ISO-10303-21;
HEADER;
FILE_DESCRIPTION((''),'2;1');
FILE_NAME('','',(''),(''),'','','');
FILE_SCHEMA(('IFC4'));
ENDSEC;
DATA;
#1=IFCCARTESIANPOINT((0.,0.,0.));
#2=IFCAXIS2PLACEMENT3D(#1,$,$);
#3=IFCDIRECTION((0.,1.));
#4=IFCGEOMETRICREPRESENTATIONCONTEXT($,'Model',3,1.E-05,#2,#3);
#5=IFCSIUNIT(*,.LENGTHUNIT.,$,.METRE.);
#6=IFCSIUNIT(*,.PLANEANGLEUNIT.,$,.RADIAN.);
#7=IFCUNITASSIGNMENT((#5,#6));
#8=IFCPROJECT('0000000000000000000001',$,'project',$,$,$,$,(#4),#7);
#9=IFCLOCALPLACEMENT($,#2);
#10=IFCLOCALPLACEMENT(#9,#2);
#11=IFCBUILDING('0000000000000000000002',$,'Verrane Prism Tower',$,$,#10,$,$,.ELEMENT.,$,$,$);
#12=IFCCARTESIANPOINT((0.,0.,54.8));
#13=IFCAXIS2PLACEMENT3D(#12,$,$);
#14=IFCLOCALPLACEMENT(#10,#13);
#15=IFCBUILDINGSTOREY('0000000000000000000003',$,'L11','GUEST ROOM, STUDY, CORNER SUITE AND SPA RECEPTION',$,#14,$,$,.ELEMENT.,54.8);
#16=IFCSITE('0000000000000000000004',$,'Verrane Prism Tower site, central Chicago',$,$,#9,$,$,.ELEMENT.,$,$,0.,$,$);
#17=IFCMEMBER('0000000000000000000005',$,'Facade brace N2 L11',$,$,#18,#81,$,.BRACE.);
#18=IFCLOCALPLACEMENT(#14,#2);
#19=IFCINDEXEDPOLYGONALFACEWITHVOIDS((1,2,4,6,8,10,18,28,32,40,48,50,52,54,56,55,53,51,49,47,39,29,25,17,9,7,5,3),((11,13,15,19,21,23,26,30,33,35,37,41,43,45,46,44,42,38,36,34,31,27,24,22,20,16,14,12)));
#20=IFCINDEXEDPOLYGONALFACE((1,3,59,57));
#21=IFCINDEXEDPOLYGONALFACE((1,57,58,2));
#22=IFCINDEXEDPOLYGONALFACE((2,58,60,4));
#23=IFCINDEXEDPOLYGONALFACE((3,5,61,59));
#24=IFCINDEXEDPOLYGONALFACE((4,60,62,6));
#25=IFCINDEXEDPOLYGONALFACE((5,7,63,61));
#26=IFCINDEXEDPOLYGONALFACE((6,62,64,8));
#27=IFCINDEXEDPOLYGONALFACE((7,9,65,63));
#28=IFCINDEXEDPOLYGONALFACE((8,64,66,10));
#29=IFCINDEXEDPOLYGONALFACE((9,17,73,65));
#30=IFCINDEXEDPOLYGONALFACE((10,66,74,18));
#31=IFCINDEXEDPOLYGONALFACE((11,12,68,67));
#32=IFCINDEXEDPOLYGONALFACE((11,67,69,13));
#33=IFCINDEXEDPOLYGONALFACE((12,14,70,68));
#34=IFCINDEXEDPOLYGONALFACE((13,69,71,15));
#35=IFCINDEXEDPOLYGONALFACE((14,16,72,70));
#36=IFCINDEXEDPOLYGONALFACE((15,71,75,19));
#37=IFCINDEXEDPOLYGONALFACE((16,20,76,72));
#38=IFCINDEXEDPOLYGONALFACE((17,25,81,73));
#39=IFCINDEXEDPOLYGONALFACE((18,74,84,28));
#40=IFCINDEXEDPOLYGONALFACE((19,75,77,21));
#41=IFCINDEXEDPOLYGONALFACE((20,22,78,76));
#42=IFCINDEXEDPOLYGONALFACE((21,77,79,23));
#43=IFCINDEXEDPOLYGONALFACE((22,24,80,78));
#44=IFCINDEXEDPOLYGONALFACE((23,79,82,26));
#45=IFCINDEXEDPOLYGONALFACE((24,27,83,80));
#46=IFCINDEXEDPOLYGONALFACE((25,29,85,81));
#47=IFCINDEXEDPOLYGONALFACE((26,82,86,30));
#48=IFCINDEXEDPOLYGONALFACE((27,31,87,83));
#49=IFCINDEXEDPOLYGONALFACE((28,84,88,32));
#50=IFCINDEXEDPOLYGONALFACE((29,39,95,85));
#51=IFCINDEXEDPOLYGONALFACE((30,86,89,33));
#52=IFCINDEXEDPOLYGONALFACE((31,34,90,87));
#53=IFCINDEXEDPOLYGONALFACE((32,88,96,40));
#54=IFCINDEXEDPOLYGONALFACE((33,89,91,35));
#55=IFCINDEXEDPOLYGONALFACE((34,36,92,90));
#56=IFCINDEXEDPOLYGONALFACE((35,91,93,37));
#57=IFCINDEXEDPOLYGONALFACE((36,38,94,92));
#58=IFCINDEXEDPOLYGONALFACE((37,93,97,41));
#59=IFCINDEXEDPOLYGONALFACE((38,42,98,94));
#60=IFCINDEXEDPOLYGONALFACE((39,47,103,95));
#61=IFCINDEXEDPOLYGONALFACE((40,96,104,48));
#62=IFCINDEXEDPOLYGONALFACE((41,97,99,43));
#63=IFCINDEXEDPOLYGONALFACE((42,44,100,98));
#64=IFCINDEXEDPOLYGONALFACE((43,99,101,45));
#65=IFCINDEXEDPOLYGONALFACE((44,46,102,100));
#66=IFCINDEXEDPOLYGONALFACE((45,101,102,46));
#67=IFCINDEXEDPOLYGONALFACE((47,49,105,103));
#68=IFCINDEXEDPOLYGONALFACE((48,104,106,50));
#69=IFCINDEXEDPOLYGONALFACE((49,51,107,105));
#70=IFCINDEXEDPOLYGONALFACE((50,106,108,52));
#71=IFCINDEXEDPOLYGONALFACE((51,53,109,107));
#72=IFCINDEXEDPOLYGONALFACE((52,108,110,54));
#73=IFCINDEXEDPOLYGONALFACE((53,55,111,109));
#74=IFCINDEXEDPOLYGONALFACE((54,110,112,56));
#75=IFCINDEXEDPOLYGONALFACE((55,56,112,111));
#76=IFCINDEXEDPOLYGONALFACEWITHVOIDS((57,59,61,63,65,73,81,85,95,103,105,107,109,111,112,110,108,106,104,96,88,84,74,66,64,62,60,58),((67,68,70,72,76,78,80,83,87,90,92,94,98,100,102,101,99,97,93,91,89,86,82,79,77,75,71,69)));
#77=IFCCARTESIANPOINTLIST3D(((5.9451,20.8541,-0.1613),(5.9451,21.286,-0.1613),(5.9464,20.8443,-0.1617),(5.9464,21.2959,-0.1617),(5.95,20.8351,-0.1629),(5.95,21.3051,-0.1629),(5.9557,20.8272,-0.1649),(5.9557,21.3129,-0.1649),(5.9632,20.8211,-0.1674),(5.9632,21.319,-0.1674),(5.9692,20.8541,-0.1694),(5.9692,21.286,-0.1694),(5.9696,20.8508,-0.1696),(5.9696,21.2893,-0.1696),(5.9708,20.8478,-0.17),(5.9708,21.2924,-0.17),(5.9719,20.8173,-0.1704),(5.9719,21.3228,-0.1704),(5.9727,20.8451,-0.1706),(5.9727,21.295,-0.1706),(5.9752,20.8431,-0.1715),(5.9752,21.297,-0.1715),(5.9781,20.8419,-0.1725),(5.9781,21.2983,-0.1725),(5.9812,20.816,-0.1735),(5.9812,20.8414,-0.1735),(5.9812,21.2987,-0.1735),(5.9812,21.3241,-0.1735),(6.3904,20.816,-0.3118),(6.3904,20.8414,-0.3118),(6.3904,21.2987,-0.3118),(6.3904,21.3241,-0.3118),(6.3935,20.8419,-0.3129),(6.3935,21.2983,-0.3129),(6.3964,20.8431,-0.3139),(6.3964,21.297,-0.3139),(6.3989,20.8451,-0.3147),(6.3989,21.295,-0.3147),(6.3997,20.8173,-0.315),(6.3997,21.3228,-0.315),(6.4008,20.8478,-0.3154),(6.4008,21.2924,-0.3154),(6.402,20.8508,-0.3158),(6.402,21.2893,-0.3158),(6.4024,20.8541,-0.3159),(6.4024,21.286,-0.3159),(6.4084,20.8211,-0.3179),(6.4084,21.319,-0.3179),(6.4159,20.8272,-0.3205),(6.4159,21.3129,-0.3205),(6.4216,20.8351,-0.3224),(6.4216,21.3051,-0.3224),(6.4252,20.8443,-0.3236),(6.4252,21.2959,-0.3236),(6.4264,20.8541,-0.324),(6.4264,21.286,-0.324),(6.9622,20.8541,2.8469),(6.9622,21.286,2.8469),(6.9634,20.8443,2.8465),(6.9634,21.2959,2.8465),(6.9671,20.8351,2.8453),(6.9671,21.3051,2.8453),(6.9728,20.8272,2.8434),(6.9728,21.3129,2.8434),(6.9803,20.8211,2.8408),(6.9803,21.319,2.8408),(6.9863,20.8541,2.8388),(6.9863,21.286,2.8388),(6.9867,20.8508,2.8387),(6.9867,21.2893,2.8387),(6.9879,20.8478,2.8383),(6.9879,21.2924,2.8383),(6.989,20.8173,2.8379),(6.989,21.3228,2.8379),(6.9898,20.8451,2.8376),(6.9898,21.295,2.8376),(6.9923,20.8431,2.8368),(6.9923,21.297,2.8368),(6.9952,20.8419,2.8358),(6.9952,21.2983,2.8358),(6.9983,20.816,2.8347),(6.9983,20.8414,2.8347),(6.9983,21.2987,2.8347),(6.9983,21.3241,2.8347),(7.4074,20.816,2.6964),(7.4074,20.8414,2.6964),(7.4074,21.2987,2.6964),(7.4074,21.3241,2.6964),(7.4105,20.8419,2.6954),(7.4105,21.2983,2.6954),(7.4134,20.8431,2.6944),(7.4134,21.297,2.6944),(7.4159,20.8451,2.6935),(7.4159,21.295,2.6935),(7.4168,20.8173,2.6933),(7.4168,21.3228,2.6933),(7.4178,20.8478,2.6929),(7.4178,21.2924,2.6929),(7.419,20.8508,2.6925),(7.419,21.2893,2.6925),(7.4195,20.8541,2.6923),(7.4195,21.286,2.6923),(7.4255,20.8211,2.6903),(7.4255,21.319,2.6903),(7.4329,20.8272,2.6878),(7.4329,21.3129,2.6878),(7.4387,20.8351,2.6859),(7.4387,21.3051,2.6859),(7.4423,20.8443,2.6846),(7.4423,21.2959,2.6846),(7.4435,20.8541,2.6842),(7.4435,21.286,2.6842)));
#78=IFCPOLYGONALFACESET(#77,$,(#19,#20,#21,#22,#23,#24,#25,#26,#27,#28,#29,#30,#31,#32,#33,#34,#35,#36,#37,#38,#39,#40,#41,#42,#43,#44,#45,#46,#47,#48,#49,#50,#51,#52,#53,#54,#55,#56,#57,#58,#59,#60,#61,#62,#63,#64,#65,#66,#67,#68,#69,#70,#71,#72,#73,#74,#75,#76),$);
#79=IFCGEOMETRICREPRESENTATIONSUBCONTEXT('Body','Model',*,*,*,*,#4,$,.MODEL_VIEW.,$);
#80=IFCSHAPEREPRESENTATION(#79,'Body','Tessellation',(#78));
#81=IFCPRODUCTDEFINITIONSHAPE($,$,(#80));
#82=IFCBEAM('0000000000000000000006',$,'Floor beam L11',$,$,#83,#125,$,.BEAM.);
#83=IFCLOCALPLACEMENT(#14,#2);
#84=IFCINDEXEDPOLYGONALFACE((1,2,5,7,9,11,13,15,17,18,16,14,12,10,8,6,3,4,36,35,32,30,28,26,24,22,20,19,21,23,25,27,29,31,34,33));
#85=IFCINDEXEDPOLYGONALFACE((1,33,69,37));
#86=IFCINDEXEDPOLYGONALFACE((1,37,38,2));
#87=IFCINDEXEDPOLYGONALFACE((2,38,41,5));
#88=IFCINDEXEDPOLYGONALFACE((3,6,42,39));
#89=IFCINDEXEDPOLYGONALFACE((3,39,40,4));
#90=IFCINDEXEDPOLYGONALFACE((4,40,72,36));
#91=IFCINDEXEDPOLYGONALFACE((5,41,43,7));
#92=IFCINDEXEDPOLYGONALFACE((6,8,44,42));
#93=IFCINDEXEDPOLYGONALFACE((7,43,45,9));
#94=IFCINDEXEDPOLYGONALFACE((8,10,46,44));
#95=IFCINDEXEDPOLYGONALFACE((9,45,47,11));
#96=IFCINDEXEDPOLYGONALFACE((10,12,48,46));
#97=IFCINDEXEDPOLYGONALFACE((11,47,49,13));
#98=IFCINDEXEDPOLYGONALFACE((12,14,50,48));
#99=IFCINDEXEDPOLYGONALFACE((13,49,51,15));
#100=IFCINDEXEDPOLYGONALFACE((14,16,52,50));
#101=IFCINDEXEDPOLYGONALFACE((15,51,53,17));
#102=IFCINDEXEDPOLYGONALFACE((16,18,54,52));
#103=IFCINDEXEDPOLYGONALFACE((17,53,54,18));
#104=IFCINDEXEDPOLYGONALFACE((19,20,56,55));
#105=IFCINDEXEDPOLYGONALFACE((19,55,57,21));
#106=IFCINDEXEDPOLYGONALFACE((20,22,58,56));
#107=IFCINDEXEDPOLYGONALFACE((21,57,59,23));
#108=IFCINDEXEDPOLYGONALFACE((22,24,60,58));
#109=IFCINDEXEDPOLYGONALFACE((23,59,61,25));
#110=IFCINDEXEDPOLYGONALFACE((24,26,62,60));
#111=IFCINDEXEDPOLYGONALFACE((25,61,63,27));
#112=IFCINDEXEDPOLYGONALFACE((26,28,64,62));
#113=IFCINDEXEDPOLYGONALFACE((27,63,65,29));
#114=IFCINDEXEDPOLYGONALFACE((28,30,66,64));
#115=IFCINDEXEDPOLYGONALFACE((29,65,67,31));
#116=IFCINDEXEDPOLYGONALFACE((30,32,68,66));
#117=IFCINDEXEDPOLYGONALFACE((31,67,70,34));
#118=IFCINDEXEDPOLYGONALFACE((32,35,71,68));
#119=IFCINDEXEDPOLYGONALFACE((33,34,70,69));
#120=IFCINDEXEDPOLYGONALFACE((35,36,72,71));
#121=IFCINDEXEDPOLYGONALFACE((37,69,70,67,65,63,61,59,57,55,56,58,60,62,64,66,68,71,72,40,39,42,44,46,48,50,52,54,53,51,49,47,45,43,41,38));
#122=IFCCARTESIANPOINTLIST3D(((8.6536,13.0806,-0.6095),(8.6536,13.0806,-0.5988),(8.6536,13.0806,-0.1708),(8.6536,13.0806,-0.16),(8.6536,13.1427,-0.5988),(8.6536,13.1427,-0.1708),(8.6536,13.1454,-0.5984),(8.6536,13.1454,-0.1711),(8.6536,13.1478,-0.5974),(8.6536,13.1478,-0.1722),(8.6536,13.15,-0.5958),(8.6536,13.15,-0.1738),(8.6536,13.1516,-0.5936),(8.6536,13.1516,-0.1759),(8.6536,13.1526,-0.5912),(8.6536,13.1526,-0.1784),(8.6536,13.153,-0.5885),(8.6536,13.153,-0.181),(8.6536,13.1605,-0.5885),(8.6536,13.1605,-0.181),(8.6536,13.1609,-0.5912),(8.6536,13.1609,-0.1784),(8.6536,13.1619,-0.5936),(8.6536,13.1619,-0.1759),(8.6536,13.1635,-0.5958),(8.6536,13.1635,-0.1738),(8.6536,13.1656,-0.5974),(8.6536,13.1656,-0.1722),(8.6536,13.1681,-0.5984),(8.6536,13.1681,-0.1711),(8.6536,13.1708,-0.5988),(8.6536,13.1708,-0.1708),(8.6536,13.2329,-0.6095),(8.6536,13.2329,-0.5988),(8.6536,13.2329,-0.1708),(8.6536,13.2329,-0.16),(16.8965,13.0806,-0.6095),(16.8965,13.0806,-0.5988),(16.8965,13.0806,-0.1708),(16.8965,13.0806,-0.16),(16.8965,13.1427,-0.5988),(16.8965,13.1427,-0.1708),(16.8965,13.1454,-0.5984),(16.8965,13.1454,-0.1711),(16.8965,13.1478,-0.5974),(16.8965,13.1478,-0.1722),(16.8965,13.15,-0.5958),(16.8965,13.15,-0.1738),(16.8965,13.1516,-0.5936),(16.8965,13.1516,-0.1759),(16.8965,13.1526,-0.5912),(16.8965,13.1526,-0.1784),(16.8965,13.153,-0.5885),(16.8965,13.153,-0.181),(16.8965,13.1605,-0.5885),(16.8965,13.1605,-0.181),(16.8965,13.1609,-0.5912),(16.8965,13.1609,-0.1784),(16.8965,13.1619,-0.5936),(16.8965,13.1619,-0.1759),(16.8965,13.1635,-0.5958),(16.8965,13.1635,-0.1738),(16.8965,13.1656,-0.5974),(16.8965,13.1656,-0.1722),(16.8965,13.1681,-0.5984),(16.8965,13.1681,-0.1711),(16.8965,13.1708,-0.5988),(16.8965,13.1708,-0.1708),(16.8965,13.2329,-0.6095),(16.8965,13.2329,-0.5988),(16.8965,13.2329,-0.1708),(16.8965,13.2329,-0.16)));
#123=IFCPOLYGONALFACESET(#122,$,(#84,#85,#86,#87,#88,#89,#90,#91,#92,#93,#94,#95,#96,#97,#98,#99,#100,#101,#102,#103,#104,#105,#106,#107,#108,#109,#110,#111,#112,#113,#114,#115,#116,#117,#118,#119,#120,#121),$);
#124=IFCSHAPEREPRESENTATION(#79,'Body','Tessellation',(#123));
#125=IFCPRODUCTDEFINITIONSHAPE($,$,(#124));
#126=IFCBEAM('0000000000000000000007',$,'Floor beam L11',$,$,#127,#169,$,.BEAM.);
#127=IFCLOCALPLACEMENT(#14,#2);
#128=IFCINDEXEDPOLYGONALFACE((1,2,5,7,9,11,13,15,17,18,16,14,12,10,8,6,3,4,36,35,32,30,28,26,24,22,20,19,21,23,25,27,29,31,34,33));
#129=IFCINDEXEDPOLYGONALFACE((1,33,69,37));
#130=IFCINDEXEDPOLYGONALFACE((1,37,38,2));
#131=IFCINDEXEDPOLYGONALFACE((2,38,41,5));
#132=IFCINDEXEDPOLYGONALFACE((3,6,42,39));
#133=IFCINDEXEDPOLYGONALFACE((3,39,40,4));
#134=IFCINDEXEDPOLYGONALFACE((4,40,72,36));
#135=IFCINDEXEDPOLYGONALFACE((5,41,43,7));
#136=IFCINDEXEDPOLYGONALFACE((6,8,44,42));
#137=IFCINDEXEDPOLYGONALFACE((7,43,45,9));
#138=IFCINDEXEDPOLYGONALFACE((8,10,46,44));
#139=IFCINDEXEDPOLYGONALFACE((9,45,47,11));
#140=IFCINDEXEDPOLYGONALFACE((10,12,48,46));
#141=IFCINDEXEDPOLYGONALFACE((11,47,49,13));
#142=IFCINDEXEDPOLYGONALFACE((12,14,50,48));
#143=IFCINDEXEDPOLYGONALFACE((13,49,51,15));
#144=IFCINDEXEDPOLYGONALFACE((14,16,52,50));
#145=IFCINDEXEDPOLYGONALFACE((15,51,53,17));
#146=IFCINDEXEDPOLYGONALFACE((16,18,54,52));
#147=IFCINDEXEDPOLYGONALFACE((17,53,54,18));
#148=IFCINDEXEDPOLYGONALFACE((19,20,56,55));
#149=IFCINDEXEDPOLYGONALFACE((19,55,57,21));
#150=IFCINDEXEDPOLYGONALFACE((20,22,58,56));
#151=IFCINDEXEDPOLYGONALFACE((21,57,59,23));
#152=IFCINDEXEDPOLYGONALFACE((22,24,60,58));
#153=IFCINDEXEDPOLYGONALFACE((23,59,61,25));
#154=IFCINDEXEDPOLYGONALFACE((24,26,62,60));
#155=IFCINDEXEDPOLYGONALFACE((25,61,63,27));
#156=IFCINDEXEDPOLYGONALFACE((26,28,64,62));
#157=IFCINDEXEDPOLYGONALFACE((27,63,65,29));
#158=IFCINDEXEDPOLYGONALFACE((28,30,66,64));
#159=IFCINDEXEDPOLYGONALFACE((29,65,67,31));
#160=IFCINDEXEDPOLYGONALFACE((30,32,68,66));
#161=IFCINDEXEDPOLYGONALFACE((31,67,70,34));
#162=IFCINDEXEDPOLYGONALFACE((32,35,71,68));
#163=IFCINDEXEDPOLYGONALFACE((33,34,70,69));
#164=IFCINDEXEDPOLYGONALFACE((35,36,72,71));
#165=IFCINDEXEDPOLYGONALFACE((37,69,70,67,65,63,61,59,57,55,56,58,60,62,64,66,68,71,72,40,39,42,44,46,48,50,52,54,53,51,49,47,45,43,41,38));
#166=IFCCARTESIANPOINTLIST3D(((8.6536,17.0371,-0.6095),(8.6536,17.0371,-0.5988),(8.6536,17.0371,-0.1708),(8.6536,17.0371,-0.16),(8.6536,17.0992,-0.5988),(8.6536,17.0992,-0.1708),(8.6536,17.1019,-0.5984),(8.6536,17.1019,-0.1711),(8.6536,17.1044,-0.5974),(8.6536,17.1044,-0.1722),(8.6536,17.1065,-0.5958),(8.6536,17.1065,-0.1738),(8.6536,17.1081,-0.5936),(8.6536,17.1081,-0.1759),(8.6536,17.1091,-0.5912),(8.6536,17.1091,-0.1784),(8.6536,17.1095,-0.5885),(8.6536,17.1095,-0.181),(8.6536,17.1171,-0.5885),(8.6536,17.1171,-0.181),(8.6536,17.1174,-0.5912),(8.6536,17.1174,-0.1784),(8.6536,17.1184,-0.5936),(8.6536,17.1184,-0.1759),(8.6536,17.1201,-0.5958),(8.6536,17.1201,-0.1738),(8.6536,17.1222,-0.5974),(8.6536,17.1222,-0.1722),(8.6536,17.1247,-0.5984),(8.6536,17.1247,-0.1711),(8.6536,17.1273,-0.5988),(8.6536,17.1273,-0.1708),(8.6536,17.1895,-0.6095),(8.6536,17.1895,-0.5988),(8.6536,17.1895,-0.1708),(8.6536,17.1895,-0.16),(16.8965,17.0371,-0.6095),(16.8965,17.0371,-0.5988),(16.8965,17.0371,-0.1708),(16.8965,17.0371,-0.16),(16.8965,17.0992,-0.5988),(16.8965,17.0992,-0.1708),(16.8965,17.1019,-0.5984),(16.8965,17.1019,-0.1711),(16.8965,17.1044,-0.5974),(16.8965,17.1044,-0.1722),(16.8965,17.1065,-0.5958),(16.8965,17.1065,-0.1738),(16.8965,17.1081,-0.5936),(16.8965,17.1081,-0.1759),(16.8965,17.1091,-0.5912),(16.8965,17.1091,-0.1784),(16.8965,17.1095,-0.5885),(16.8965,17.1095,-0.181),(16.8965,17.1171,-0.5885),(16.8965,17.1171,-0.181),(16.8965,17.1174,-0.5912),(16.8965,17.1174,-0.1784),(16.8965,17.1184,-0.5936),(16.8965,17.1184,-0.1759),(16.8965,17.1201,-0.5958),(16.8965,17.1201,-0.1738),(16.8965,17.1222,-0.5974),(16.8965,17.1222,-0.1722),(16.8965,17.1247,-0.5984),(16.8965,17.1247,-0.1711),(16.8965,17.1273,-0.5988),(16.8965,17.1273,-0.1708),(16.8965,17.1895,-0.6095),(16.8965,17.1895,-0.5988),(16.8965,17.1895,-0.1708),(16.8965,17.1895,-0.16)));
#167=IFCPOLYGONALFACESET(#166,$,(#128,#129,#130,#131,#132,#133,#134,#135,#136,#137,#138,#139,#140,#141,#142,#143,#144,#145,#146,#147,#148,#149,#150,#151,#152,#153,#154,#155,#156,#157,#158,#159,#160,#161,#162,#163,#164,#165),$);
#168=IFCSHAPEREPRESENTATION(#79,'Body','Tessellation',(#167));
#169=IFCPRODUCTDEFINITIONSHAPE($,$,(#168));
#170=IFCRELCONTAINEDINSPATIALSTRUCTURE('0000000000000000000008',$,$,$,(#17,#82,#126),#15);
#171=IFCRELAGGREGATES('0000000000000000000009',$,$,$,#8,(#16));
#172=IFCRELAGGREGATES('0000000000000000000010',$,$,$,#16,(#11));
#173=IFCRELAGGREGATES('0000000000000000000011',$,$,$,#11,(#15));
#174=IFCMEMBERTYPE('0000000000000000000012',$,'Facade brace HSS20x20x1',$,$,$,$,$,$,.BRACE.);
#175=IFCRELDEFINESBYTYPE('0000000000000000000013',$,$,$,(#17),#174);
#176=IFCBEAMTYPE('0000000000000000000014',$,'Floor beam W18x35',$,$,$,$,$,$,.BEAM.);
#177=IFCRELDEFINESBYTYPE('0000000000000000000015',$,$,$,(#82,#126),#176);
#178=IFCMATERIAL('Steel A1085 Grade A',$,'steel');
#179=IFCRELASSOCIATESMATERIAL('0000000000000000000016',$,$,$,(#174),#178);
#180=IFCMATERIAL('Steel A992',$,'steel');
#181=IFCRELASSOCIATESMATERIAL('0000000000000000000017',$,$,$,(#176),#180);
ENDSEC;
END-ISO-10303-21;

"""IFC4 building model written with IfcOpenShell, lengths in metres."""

from ifc_helpers import new_model, si_unit, direction, frame, origin, origin_2d, place, context, subcontext, project, spatial, hollow_rectangle, i_section, extrude, material, material_profile, profile_set, type_object, element, save


model = new_model("IFC4")

# Units and contexts
model_context = context("Model", 3, precision=1e-05, world=origin(), true_north=direction((0.0, 1.0)))
body_context = subcontext(model_context, "Body", "Model", "MODEL_VIEW")
ifc_project = project(units=[si_unit("LENGTHUNIT", "METRE"), si_unit("PLANEANGLEUNIT", "RADIAN")], contexts=[model_context])

# Site, building, storey
site_placement = place(None, origin())
site = spatial("IfcSite", under=ifc_project, at=site_placement, Name="Verrane Prism Tower site, central Chicago", CompositionType="ELEMENT", RefElevation=0.0)
building_placement = place(site_placement, origin())
building = spatial("IfcBuilding", under=site, at=building_placement, Name="Verrane Prism Tower", CompositionType="ELEMENT")
storey_placement = place(building_placement, frame((0.0, 0.0, 54.8)))
storey = spatial("IfcBuildingStorey", under=building, at=storey_placement, Name="L11", Description="GUEST ROOM, STUDY, CORNER SUITE AND SPA RECEPTION", CompositionType="ELEMENT", Elevation=54.8)

# Member
ifc_material_1 = material(Name="Steel A1085 Grade A", Category="steel")
ifc_material_profile_1 = material_profile(ifc_material_1, hollow_rectangle(XDim=0.5081, YDim=0.5081, WallThickness=0.0254, InnerFilletRadius=0.0127, OuterFilletRadius=0.0381, at=origin_2d()), Name="HSS20x20x1")
ifc_profile_set_1 = profile_set([ifc_material_profile_1], Name="Steel A1085 Grade A")
member_type_1 = type_object("IfcMemberType", Name="Facade brace HSS20x20x1", PredefinedType="BRACE", material=ifc_profile_set_1)
member_1_placement = place(storey_placement, frame((6.1858, 21.0701, -0.2427), z_axis=(0.320284, 0.0, 0.947322), x_axis=(0.0, 1.0, 0.0)))
element("IfcMember", 1, at=member_1_placement, inside=storey, type_object=member_type_1, Name="Facade brace N2 L11", PredefinedType="BRACE", context=body_context, shape_type="SweptSolid", body=[
    extrude(hollow_rectangle(XDim=0.5081, YDim=0.5081, WallThickness=0.0254, InnerFilletRadius=0.0127, OuterFilletRadius=0.0381, at=origin_2d()), origin(), (0.0, 0.0, 1.0), 3.1755),
])

# Beams
ifc_material_2 = material(Name="Steel A992", Category="steel")
ifc_material_profile_2 = material_profile(ifc_material_2, i_section(OverallWidth=0.1523, OverallDepth=0.4495, WebThickness=0.0076, FlangeThickness=0.0107, FilletRadius=0.0103, at=origin_2d()), Name="W18x35")
ifc_profile_set_2 = profile_set([ifc_material_profile_2], Name="Steel A992")
beam_type_1 = type_object("IfcBeamType", Name="Floor beam W18x35", PredefinedType="BEAM", material=ifc_profile_set_2)
for number, where, z_axis, x_axis, name in (
    (2, (8.6536, 13.1567, -0.3848), (1.0, 0.0, 0.0), (0.0, 1.0, 0.0), "Floor beam L11"),
    (3, (8.6536, 17.1133, -0.3848), (1.0, 0.0, 0.0), (0.0, 1.0, 0.0), "Floor beam L11"),
):
    element("IfcBeam", number, at=place(storey_placement, frame(where, z_axis=z_axis, x_axis=x_axis)), inside=storey, type_object=beam_type_1, Name=name, PredefinedType="BEAM", context=body_context, shape_type="SweptSolid", body=[
        extrude(i_section(OverallWidth=0.1523, OverallDepth=0.4495, WebThickness=0.0076, FlangeThickness=0.0107, FilletRadius=0.0103, at=origin_2d()), origin(), (0.0, 0.0, 1.0), 8.2429),
    ])

save(model, "model.ifc")
